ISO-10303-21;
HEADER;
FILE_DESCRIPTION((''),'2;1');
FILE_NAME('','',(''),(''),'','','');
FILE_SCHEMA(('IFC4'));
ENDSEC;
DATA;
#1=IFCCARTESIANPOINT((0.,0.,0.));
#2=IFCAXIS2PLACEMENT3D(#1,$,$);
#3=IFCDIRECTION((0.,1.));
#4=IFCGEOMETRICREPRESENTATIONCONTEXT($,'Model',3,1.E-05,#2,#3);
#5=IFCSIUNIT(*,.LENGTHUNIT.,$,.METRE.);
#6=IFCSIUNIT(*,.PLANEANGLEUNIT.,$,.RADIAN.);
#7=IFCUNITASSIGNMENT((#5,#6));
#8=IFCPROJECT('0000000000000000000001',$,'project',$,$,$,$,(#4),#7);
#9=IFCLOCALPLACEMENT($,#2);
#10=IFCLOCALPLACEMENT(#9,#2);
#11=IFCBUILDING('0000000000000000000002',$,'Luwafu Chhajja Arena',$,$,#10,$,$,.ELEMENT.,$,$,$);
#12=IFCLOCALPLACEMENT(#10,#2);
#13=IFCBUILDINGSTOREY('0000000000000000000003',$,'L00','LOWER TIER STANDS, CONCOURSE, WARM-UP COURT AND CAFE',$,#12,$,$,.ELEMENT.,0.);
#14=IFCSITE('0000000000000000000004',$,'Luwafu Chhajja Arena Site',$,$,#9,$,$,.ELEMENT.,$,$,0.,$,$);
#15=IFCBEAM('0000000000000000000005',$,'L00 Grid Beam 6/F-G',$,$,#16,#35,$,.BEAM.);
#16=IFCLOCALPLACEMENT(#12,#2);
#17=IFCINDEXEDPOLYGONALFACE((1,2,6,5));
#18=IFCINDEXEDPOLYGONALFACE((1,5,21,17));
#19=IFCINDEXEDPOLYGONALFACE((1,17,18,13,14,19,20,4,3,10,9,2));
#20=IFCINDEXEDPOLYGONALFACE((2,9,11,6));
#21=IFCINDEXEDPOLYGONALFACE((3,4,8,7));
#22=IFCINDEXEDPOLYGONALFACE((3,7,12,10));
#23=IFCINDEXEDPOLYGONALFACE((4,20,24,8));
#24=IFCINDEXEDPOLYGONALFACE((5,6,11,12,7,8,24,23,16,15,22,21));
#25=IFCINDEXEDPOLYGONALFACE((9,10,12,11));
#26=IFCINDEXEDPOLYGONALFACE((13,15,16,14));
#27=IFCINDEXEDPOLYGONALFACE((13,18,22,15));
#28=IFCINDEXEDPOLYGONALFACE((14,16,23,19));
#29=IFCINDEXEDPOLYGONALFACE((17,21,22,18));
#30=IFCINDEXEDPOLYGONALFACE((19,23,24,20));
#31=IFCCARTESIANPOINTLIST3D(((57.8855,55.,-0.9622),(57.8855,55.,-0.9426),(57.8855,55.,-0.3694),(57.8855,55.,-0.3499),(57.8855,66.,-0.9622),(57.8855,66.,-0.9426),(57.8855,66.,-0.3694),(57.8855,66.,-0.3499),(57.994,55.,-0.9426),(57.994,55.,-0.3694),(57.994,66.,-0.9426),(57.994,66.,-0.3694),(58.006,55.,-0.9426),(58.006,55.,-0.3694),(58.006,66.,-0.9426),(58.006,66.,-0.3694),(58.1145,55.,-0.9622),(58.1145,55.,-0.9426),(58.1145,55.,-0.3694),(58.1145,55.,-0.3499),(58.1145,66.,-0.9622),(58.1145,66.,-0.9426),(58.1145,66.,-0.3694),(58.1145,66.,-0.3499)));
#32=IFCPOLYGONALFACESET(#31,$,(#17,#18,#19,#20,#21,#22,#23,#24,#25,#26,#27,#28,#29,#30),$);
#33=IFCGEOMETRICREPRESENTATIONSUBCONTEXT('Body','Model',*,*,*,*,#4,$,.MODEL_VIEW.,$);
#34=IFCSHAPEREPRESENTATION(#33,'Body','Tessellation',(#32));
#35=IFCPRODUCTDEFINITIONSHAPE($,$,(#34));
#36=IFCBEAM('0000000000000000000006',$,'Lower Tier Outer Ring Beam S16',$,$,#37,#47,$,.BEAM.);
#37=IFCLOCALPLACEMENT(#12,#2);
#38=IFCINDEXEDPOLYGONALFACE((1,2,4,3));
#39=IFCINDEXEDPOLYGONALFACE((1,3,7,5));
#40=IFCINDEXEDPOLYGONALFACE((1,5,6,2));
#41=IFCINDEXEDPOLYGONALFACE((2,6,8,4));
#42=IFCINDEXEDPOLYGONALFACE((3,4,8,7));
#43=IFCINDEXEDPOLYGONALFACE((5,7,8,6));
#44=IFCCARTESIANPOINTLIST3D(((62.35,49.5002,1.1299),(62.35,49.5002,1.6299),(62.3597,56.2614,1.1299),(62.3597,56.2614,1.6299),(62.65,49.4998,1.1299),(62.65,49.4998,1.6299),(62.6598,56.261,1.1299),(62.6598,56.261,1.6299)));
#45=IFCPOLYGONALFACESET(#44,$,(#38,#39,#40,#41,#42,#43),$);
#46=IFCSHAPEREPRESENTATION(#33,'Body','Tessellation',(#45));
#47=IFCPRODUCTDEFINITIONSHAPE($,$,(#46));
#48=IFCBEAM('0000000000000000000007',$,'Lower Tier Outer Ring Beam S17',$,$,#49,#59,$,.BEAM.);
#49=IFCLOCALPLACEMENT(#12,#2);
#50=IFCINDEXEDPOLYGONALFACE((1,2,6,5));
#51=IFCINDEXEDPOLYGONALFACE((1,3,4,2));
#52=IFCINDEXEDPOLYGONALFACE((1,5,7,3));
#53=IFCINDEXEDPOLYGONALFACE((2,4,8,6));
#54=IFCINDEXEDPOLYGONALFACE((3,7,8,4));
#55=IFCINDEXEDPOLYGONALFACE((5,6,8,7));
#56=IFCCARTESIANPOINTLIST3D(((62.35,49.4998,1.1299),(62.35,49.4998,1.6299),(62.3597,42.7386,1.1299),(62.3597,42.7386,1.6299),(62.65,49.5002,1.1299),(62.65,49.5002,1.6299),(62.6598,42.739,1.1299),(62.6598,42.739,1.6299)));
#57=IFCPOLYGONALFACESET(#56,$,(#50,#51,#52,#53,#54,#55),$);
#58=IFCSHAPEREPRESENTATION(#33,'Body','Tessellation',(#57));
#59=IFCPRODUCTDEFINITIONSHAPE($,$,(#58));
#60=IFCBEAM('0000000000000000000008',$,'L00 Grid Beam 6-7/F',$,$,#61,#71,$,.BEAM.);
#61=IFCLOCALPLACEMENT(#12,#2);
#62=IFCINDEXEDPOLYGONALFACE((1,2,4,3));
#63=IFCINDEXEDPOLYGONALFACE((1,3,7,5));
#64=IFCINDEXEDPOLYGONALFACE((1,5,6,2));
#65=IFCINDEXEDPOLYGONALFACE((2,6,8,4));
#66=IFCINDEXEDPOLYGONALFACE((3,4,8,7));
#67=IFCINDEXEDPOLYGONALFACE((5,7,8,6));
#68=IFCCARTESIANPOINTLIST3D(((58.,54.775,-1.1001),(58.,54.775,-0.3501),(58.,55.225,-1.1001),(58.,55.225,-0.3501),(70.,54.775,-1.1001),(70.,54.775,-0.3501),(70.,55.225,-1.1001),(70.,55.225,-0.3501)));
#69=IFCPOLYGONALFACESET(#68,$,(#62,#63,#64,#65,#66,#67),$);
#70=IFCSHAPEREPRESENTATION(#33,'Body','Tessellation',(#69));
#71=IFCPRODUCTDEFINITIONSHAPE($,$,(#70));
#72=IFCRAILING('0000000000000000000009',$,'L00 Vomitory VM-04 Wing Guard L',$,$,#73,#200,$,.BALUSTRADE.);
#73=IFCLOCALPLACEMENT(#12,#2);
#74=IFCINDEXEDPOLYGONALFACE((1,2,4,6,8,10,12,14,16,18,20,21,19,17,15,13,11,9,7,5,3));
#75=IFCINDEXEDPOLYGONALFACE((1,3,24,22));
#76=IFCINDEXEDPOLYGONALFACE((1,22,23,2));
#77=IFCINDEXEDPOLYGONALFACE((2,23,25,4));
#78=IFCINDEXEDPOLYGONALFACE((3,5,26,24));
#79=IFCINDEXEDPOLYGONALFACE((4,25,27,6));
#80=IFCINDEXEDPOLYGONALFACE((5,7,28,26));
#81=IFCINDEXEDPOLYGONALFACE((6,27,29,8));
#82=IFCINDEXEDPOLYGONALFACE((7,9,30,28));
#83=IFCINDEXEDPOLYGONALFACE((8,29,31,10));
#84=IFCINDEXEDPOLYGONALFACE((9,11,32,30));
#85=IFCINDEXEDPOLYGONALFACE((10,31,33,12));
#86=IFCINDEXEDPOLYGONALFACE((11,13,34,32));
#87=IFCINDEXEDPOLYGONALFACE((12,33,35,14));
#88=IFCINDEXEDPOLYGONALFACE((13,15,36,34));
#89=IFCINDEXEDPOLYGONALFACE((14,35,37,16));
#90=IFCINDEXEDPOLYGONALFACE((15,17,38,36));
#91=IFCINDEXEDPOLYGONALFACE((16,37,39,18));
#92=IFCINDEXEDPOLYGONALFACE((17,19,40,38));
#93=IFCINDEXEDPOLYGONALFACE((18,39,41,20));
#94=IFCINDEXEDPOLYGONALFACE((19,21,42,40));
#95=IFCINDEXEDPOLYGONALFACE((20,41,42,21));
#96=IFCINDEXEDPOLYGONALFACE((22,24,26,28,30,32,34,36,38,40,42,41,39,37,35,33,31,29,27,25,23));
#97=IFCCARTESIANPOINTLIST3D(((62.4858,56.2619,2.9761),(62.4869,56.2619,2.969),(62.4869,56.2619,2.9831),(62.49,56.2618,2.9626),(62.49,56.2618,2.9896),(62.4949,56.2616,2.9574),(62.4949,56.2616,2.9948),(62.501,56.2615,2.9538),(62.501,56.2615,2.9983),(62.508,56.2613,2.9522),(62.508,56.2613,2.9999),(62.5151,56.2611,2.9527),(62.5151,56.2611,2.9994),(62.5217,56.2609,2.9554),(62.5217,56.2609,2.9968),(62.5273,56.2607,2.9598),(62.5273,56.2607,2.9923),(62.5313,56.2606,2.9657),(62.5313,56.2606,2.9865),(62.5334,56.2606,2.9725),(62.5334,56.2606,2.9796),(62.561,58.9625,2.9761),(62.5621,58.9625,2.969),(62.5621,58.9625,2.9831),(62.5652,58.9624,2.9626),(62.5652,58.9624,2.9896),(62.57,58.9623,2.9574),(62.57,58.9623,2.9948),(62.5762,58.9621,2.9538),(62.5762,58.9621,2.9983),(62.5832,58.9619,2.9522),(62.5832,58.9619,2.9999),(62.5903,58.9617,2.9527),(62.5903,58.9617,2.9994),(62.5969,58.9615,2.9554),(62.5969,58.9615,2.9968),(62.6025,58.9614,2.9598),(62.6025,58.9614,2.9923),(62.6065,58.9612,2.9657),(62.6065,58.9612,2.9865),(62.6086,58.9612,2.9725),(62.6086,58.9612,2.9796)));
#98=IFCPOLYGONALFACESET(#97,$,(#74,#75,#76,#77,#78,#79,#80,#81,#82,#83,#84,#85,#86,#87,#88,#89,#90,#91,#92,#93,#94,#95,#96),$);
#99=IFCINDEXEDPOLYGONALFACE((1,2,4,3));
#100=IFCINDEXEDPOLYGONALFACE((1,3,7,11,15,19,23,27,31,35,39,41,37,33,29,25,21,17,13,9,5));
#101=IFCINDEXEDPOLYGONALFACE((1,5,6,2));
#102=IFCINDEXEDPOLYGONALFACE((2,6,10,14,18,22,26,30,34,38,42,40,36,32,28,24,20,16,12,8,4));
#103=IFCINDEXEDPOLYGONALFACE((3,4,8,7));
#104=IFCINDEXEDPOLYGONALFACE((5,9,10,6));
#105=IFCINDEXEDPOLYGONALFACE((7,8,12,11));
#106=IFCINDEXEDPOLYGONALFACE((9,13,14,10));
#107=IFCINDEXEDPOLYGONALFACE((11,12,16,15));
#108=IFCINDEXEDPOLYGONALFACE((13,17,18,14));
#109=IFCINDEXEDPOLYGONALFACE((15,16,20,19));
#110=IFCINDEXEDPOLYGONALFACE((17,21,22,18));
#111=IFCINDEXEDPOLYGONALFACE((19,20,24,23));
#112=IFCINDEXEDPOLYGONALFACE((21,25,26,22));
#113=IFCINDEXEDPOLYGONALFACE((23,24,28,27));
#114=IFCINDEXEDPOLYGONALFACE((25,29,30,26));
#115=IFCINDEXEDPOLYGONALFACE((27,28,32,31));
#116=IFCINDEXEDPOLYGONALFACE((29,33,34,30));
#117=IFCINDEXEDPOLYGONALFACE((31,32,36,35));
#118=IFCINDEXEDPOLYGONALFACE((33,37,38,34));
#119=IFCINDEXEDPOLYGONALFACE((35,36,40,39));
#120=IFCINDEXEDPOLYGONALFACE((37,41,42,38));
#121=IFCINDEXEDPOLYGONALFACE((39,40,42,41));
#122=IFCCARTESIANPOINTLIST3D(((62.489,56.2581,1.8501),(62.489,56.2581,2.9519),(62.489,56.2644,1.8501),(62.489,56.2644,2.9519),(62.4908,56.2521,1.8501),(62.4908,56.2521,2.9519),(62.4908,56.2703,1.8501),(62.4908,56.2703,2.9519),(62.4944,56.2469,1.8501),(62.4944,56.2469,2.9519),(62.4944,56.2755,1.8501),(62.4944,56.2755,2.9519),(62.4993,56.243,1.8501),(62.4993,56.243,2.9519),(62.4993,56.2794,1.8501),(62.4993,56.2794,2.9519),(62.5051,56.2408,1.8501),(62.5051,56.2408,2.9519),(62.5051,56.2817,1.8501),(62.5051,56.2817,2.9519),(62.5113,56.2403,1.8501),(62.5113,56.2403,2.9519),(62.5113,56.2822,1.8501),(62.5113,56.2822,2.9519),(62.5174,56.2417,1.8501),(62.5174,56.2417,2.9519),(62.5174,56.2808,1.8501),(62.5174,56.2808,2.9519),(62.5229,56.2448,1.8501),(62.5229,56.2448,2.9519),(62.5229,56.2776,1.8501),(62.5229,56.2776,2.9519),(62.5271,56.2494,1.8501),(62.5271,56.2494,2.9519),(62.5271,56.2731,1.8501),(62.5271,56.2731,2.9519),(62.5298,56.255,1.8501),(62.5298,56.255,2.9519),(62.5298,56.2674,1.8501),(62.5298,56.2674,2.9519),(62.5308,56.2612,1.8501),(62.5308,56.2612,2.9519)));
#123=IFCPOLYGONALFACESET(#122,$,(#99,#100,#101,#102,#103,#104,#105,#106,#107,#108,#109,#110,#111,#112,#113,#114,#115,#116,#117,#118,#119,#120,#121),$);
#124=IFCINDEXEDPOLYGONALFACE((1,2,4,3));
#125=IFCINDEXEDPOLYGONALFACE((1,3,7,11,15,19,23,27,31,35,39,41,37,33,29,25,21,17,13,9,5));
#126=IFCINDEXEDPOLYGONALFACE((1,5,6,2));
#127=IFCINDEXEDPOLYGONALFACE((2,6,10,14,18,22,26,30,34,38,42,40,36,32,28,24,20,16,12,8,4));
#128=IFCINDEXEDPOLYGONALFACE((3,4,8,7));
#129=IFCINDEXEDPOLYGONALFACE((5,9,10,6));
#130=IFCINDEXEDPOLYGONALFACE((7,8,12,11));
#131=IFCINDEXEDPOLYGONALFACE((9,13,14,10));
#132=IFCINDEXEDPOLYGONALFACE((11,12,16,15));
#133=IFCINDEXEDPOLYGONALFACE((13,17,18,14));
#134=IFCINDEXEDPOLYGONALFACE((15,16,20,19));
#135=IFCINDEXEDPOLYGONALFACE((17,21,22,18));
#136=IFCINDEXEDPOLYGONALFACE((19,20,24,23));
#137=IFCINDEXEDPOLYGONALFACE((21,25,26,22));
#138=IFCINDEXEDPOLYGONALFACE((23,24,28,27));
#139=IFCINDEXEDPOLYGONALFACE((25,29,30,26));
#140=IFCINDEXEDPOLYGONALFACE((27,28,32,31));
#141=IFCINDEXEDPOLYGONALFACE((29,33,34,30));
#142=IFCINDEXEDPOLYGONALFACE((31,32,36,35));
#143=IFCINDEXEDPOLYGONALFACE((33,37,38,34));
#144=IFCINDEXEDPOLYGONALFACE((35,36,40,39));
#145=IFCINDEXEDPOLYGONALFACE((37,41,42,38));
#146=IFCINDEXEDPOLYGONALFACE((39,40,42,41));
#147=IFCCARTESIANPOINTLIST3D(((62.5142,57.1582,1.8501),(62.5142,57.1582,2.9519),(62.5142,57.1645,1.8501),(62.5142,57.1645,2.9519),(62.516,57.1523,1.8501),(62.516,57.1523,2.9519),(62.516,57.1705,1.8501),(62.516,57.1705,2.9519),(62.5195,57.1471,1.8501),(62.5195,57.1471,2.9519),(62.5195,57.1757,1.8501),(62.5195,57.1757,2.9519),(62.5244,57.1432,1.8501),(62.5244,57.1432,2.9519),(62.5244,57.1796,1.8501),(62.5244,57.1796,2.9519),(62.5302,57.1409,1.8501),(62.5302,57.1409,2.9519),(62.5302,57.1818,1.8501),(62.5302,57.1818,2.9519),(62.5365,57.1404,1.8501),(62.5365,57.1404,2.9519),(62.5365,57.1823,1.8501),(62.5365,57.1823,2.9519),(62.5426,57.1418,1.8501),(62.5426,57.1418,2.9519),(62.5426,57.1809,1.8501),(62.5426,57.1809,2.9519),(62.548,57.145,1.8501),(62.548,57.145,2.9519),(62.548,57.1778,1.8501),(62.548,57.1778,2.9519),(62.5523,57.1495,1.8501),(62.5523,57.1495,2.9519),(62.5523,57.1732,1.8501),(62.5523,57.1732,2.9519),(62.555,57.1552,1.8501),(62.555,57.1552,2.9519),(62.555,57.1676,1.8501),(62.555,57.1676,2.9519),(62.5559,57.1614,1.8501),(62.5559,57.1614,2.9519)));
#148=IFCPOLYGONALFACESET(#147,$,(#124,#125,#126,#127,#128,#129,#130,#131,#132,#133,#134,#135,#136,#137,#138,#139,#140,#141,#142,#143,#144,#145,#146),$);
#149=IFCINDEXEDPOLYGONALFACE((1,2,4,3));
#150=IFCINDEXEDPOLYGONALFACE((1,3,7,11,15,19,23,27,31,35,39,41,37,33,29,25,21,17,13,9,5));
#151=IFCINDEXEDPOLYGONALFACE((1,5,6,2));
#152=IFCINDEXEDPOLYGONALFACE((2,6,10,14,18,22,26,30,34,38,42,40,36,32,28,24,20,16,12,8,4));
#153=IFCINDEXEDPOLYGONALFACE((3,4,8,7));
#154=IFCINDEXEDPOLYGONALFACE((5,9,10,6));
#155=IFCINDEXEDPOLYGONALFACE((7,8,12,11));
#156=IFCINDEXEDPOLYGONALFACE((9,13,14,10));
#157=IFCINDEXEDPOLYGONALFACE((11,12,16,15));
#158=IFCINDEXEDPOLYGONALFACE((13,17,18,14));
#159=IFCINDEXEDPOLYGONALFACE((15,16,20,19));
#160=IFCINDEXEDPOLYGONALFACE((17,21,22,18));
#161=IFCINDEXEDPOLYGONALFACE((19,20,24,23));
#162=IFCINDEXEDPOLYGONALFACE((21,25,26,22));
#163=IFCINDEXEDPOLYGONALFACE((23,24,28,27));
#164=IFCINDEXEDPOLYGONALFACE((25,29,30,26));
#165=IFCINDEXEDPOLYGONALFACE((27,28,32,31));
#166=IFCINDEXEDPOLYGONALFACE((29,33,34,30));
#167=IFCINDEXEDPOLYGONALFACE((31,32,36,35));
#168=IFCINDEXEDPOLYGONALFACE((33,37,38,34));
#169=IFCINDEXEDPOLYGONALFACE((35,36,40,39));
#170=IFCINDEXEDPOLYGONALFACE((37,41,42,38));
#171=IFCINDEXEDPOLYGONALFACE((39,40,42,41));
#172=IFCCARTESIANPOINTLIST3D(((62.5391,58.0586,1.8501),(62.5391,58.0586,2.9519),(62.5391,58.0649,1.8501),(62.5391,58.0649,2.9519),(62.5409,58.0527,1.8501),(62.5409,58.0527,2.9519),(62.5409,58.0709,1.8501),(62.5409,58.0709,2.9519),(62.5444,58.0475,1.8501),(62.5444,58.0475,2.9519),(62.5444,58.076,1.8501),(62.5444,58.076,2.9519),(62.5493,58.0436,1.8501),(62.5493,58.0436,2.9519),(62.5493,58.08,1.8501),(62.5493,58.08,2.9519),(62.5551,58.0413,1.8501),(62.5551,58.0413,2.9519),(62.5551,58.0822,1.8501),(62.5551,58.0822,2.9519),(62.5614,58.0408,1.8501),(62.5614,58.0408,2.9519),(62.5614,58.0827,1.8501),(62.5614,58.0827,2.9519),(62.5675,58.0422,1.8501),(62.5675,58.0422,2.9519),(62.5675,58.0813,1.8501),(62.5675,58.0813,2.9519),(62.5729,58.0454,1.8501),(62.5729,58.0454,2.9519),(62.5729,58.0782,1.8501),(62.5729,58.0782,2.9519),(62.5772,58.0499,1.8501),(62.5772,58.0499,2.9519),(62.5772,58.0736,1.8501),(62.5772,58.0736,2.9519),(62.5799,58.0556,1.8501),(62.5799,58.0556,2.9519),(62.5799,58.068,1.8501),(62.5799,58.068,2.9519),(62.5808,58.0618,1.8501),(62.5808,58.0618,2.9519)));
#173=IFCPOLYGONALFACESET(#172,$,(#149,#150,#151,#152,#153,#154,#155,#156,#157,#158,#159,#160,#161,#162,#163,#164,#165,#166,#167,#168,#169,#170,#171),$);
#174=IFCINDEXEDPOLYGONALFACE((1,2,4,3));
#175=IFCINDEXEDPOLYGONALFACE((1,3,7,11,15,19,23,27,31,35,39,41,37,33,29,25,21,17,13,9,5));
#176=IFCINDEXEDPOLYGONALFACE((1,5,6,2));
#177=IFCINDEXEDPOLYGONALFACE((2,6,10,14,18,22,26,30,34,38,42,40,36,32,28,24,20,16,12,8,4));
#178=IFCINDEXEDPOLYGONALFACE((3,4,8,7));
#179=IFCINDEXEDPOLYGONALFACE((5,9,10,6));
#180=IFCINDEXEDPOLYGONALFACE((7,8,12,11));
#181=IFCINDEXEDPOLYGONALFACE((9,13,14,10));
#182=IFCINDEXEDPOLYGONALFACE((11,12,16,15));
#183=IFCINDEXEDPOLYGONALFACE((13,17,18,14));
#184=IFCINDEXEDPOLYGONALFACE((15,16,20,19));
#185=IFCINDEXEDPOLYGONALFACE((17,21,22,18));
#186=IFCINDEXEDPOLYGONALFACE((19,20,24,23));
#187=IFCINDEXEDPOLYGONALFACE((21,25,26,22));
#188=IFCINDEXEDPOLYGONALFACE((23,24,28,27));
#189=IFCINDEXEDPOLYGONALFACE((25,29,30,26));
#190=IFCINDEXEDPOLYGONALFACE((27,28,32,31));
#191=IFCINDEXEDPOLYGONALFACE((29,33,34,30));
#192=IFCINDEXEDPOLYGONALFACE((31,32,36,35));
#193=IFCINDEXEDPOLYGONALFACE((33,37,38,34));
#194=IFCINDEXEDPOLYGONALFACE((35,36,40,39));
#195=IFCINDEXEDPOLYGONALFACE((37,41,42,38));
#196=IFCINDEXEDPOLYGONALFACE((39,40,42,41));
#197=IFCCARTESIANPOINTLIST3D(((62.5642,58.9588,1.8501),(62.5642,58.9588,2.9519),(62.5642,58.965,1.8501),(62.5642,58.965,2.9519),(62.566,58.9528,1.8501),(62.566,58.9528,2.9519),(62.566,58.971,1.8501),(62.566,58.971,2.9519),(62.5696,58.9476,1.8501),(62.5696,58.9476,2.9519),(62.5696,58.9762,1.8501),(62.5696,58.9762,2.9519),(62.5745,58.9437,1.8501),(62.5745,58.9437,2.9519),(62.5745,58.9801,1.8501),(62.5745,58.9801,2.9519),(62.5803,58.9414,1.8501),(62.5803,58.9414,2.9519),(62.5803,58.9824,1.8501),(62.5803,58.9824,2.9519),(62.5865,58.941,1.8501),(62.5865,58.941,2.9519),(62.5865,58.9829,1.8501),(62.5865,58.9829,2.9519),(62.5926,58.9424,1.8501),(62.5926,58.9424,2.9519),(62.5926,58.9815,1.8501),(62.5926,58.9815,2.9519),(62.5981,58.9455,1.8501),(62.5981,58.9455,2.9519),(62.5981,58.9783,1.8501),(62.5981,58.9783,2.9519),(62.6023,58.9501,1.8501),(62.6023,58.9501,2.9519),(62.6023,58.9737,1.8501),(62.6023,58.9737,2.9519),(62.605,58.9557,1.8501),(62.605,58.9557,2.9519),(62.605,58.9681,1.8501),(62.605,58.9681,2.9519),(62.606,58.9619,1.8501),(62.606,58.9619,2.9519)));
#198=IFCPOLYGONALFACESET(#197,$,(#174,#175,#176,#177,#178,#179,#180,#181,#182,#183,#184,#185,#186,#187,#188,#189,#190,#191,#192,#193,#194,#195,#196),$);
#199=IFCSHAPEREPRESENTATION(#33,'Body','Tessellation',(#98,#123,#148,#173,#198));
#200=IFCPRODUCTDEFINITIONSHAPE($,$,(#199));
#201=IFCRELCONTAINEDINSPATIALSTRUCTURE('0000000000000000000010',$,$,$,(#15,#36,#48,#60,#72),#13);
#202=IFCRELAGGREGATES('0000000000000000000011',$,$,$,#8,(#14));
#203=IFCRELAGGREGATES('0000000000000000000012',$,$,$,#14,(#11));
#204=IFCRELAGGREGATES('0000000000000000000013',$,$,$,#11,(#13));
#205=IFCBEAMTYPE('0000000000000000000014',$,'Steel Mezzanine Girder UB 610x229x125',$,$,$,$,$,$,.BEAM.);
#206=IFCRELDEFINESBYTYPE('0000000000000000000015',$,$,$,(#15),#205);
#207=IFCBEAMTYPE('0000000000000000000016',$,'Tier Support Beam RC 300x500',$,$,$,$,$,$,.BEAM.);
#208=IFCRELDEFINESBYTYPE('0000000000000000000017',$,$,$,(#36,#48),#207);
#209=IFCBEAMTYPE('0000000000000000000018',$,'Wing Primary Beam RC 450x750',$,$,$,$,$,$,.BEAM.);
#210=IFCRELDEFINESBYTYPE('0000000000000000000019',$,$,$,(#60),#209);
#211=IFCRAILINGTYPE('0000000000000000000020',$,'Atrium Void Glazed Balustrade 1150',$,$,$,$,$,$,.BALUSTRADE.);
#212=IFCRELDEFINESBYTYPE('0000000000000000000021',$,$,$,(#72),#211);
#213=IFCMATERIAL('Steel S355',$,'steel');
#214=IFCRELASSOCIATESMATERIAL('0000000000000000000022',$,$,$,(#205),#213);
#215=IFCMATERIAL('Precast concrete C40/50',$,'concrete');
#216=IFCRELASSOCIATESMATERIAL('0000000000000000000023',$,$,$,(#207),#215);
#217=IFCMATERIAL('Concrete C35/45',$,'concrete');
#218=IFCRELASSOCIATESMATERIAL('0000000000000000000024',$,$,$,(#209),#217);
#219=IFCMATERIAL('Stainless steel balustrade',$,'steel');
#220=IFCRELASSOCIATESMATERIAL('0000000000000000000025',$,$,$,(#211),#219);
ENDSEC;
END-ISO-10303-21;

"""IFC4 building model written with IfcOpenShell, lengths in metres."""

from ifc_helpers import new_model, si_unit, direction, frame, origin, origin_2d, place, context, subcontext, project, spatial, rectangle, circle, i_section, extrude, material, material_profile, profile_set, type_object, element, save


model = new_model("IFC4")

# Units and contexts
model_context = context("Model", 3, precision=1e-05, world=origin(), true_north=direction((0.0, 1.0)))
body_context = subcontext(model_context, "Body", "Model", "MODEL_VIEW")
ifc_project = project(units=[si_unit("LENGTHUNIT", "METRE"), si_unit("PLANEANGLEUNIT", "RADIAN")], contexts=[model_context])

# Site, building, storey
site_placement = place(None, origin())
site = spatial("IfcSite", under=ifc_project, at=site_placement, Name="Luwafu Chhajja Arena Site", CompositionType="ELEMENT", RefElevation=0.0)
building_placement = place(site_placement, origin())
building = spatial("IfcBuilding", under=site, at=building_placement, Name="Luwafu Chhajja Arena", CompositionType="ELEMENT")
storey_placement = place(building_placement, origin())
storey = spatial("IfcBuildingStorey", under=building, at=storey_placement, Name="L00", Description="LOWER TIER STANDS, CONCOURSE, WARM-UP COURT AND CAFE", CompositionType="ELEMENT", Elevation=0.0)

# Shared definitions
ifc_material_1 = material(Name="Concrete C35/45", Category="concrete")
ifc_material_2 = material(Name="Steel S355", Category="steel")

# Beams
ifc_material_3 = material(Name="Precast concrete C40/50", Category="concrete")
ifc_material_profile_1 = material_profile(ifc_material_2, i_section(OverallWidth=0.229, OverallDepth=0.6123, WebThickness=0.012, FlangeThickness=0.0195, at=origin_2d()), Name="UB 610x229x125")
ifc_profile_set_1 = profile_set([ifc_material_profile_1], Name="Steel S355")
beam_type_1 = type_object("IfcBeamType", Name="Steel Mezzanine Girder UB 610x229x125", PredefinedType="BEAM", material=ifc_profile_set_1)
beam_1_placement = place(storey_placement, frame((58.0, 55.0, -0.656), z_axis=(0.0, 1.0, 0.0), x_axis=(-1.0, 0.0, 0.0)))
element("IfcBeam", 1, at=beam_1_placement, inside=storey, type_object=beam_type_1, Name="L00 Grid Beam 6/F-G", PredefinedType="BEAM", context=body_context, shape_type="SweptSolid", body=[
    extrude(i_section(OverallWidth=0.229, OverallDepth=0.6123, WebThickness=0.012, FlangeThickness=0.0195, at=origin_2d()), origin(), (0.0, 0.0, 1.0), 11.0),
])
ifc_material_profile_2 = material_profile(ifc_material_3, rectangle(XDim=0.3, YDim=0.5, at=origin_2d()), Name="RC 300x500")
ifc_profile_set_2 = profile_set([ifc_material_profile_2], Name="Precast concrete C40/50")
beam_type_2 = type_object("IfcBeamType", Name="Tier Support Beam RC 300x500", PredefinedType="BEAM", material=ifc_profile_set_2)
for number, where, z_axis, x_axis, name in (
    (2, (62.5098, 56.2612, 1.3799), (-0.001444, -0.999999, 0.0), (0.999999, -0.001444, 0.0), "Lower Tier Outer Ring Beam S16"),
    (3, (62.5, 49.5, 1.3799), (0.001444, -0.999999, 0.0), (0.999999, 0.001444, 0.0), "Lower Tier Outer Ring Beam S17"),
):
    element("IfcBeam", number, at=place(storey_placement, frame(where, z_axis=z_axis, x_axis=x_axis)), inside=storey, type_object=beam_type_2, Name=name, PredefinedType="BEAM", context=body_context, shape_type="SweptSolid", body=[
        extrude(rectangle(XDim=0.3, YDim=0.5, at=origin_2d()), origin(), (0.0, 0.0, 1.0), 6.7612),
    ])
ifc_material_profile_3 = material_profile(ifc_material_1, rectangle(XDim=0.45, YDim=0.75, at=origin_2d()), Name="RC 450x750")
ifc_profile_set_3 = profile_set([ifc_material_profile_3], Name="Concrete C35/45")
beam_type_3 = type_object("IfcBeamType", Name="Wing Primary Beam RC 450x750", PredefinedType="BEAM", material=ifc_profile_set_3)
beam_2_placement = place(storey_placement, frame((58.0, 55.0, -0.7251), z_axis=(1.0, 0.0, 0.0), x_axis=(0.0, 1.0, 0.0)))
element("IfcBeam", 4, at=beam_2_placement, inside=storey, type_object=beam_type_3, Name="L00 Grid Beam 6-7/F", PredefinedType="BEAM", context=body_context, shape_type="SweptSolid", body=[
    extrude(rectangle(XDim=0.45, YDim=0.75, at=origin_2d()), origin(), (0.0, 0.0, 1.0), 12.0),
])

# Railing
ifc_material_4 = material(Name="Stainless steel balustrade", Category="steel")
railing_type_1 = type_object("IfcRailingType", Name="Atrium Void Glazed Balustrade 1150", PredefinedType="BALUSTRADE", material=ifc_material_4)
railing_1_placement = place(storey_placement, frame((62.5098, 56.2612, 1.8501)))
element("IfcRailing", 5, at=railing_1_placement, inside=storey, type_object=railing_type_1, Name="L00 Vomitory VM-04 Wing Guard L", PredefinedType="BALUSTRADE", context=body_context, shape_type="SweptSolid", body=[
    extrude(circle(Radius=0.0239, at=origin_2d()), frame((0.0, 0.0, 1.126), z_axis=(0.027832, 0.999613, 0.0), x_axis=(-0.999613, 0.027832, 0.0)), (0.0, 0.0, 1.0), 2.7017),
    extrude(circle(Radius=0.021, at=origin_2d()), origin(), (0.0, 0.0, 1.0), 1.1018),
    extrude(circle(Radius=0.021, at=origin_2d()), frame((0.0251, 0.9001, 0.0)), (0.0, 0.0, 1.0), 1.1018),
    extrude(circle(Radius=0.021, at=origin_2d()), frame((0.05, 1.8005, 0.0)), (0.0, 0.0, 1.0), 1.1018),
    extrude(circle(Radius=0.021, at=origin_2d()), frame((0.0752, 2.7007, 0.0)), (0.0, 0.0, 1.0), 1.1018),
])

save(model, "model.ifc")
